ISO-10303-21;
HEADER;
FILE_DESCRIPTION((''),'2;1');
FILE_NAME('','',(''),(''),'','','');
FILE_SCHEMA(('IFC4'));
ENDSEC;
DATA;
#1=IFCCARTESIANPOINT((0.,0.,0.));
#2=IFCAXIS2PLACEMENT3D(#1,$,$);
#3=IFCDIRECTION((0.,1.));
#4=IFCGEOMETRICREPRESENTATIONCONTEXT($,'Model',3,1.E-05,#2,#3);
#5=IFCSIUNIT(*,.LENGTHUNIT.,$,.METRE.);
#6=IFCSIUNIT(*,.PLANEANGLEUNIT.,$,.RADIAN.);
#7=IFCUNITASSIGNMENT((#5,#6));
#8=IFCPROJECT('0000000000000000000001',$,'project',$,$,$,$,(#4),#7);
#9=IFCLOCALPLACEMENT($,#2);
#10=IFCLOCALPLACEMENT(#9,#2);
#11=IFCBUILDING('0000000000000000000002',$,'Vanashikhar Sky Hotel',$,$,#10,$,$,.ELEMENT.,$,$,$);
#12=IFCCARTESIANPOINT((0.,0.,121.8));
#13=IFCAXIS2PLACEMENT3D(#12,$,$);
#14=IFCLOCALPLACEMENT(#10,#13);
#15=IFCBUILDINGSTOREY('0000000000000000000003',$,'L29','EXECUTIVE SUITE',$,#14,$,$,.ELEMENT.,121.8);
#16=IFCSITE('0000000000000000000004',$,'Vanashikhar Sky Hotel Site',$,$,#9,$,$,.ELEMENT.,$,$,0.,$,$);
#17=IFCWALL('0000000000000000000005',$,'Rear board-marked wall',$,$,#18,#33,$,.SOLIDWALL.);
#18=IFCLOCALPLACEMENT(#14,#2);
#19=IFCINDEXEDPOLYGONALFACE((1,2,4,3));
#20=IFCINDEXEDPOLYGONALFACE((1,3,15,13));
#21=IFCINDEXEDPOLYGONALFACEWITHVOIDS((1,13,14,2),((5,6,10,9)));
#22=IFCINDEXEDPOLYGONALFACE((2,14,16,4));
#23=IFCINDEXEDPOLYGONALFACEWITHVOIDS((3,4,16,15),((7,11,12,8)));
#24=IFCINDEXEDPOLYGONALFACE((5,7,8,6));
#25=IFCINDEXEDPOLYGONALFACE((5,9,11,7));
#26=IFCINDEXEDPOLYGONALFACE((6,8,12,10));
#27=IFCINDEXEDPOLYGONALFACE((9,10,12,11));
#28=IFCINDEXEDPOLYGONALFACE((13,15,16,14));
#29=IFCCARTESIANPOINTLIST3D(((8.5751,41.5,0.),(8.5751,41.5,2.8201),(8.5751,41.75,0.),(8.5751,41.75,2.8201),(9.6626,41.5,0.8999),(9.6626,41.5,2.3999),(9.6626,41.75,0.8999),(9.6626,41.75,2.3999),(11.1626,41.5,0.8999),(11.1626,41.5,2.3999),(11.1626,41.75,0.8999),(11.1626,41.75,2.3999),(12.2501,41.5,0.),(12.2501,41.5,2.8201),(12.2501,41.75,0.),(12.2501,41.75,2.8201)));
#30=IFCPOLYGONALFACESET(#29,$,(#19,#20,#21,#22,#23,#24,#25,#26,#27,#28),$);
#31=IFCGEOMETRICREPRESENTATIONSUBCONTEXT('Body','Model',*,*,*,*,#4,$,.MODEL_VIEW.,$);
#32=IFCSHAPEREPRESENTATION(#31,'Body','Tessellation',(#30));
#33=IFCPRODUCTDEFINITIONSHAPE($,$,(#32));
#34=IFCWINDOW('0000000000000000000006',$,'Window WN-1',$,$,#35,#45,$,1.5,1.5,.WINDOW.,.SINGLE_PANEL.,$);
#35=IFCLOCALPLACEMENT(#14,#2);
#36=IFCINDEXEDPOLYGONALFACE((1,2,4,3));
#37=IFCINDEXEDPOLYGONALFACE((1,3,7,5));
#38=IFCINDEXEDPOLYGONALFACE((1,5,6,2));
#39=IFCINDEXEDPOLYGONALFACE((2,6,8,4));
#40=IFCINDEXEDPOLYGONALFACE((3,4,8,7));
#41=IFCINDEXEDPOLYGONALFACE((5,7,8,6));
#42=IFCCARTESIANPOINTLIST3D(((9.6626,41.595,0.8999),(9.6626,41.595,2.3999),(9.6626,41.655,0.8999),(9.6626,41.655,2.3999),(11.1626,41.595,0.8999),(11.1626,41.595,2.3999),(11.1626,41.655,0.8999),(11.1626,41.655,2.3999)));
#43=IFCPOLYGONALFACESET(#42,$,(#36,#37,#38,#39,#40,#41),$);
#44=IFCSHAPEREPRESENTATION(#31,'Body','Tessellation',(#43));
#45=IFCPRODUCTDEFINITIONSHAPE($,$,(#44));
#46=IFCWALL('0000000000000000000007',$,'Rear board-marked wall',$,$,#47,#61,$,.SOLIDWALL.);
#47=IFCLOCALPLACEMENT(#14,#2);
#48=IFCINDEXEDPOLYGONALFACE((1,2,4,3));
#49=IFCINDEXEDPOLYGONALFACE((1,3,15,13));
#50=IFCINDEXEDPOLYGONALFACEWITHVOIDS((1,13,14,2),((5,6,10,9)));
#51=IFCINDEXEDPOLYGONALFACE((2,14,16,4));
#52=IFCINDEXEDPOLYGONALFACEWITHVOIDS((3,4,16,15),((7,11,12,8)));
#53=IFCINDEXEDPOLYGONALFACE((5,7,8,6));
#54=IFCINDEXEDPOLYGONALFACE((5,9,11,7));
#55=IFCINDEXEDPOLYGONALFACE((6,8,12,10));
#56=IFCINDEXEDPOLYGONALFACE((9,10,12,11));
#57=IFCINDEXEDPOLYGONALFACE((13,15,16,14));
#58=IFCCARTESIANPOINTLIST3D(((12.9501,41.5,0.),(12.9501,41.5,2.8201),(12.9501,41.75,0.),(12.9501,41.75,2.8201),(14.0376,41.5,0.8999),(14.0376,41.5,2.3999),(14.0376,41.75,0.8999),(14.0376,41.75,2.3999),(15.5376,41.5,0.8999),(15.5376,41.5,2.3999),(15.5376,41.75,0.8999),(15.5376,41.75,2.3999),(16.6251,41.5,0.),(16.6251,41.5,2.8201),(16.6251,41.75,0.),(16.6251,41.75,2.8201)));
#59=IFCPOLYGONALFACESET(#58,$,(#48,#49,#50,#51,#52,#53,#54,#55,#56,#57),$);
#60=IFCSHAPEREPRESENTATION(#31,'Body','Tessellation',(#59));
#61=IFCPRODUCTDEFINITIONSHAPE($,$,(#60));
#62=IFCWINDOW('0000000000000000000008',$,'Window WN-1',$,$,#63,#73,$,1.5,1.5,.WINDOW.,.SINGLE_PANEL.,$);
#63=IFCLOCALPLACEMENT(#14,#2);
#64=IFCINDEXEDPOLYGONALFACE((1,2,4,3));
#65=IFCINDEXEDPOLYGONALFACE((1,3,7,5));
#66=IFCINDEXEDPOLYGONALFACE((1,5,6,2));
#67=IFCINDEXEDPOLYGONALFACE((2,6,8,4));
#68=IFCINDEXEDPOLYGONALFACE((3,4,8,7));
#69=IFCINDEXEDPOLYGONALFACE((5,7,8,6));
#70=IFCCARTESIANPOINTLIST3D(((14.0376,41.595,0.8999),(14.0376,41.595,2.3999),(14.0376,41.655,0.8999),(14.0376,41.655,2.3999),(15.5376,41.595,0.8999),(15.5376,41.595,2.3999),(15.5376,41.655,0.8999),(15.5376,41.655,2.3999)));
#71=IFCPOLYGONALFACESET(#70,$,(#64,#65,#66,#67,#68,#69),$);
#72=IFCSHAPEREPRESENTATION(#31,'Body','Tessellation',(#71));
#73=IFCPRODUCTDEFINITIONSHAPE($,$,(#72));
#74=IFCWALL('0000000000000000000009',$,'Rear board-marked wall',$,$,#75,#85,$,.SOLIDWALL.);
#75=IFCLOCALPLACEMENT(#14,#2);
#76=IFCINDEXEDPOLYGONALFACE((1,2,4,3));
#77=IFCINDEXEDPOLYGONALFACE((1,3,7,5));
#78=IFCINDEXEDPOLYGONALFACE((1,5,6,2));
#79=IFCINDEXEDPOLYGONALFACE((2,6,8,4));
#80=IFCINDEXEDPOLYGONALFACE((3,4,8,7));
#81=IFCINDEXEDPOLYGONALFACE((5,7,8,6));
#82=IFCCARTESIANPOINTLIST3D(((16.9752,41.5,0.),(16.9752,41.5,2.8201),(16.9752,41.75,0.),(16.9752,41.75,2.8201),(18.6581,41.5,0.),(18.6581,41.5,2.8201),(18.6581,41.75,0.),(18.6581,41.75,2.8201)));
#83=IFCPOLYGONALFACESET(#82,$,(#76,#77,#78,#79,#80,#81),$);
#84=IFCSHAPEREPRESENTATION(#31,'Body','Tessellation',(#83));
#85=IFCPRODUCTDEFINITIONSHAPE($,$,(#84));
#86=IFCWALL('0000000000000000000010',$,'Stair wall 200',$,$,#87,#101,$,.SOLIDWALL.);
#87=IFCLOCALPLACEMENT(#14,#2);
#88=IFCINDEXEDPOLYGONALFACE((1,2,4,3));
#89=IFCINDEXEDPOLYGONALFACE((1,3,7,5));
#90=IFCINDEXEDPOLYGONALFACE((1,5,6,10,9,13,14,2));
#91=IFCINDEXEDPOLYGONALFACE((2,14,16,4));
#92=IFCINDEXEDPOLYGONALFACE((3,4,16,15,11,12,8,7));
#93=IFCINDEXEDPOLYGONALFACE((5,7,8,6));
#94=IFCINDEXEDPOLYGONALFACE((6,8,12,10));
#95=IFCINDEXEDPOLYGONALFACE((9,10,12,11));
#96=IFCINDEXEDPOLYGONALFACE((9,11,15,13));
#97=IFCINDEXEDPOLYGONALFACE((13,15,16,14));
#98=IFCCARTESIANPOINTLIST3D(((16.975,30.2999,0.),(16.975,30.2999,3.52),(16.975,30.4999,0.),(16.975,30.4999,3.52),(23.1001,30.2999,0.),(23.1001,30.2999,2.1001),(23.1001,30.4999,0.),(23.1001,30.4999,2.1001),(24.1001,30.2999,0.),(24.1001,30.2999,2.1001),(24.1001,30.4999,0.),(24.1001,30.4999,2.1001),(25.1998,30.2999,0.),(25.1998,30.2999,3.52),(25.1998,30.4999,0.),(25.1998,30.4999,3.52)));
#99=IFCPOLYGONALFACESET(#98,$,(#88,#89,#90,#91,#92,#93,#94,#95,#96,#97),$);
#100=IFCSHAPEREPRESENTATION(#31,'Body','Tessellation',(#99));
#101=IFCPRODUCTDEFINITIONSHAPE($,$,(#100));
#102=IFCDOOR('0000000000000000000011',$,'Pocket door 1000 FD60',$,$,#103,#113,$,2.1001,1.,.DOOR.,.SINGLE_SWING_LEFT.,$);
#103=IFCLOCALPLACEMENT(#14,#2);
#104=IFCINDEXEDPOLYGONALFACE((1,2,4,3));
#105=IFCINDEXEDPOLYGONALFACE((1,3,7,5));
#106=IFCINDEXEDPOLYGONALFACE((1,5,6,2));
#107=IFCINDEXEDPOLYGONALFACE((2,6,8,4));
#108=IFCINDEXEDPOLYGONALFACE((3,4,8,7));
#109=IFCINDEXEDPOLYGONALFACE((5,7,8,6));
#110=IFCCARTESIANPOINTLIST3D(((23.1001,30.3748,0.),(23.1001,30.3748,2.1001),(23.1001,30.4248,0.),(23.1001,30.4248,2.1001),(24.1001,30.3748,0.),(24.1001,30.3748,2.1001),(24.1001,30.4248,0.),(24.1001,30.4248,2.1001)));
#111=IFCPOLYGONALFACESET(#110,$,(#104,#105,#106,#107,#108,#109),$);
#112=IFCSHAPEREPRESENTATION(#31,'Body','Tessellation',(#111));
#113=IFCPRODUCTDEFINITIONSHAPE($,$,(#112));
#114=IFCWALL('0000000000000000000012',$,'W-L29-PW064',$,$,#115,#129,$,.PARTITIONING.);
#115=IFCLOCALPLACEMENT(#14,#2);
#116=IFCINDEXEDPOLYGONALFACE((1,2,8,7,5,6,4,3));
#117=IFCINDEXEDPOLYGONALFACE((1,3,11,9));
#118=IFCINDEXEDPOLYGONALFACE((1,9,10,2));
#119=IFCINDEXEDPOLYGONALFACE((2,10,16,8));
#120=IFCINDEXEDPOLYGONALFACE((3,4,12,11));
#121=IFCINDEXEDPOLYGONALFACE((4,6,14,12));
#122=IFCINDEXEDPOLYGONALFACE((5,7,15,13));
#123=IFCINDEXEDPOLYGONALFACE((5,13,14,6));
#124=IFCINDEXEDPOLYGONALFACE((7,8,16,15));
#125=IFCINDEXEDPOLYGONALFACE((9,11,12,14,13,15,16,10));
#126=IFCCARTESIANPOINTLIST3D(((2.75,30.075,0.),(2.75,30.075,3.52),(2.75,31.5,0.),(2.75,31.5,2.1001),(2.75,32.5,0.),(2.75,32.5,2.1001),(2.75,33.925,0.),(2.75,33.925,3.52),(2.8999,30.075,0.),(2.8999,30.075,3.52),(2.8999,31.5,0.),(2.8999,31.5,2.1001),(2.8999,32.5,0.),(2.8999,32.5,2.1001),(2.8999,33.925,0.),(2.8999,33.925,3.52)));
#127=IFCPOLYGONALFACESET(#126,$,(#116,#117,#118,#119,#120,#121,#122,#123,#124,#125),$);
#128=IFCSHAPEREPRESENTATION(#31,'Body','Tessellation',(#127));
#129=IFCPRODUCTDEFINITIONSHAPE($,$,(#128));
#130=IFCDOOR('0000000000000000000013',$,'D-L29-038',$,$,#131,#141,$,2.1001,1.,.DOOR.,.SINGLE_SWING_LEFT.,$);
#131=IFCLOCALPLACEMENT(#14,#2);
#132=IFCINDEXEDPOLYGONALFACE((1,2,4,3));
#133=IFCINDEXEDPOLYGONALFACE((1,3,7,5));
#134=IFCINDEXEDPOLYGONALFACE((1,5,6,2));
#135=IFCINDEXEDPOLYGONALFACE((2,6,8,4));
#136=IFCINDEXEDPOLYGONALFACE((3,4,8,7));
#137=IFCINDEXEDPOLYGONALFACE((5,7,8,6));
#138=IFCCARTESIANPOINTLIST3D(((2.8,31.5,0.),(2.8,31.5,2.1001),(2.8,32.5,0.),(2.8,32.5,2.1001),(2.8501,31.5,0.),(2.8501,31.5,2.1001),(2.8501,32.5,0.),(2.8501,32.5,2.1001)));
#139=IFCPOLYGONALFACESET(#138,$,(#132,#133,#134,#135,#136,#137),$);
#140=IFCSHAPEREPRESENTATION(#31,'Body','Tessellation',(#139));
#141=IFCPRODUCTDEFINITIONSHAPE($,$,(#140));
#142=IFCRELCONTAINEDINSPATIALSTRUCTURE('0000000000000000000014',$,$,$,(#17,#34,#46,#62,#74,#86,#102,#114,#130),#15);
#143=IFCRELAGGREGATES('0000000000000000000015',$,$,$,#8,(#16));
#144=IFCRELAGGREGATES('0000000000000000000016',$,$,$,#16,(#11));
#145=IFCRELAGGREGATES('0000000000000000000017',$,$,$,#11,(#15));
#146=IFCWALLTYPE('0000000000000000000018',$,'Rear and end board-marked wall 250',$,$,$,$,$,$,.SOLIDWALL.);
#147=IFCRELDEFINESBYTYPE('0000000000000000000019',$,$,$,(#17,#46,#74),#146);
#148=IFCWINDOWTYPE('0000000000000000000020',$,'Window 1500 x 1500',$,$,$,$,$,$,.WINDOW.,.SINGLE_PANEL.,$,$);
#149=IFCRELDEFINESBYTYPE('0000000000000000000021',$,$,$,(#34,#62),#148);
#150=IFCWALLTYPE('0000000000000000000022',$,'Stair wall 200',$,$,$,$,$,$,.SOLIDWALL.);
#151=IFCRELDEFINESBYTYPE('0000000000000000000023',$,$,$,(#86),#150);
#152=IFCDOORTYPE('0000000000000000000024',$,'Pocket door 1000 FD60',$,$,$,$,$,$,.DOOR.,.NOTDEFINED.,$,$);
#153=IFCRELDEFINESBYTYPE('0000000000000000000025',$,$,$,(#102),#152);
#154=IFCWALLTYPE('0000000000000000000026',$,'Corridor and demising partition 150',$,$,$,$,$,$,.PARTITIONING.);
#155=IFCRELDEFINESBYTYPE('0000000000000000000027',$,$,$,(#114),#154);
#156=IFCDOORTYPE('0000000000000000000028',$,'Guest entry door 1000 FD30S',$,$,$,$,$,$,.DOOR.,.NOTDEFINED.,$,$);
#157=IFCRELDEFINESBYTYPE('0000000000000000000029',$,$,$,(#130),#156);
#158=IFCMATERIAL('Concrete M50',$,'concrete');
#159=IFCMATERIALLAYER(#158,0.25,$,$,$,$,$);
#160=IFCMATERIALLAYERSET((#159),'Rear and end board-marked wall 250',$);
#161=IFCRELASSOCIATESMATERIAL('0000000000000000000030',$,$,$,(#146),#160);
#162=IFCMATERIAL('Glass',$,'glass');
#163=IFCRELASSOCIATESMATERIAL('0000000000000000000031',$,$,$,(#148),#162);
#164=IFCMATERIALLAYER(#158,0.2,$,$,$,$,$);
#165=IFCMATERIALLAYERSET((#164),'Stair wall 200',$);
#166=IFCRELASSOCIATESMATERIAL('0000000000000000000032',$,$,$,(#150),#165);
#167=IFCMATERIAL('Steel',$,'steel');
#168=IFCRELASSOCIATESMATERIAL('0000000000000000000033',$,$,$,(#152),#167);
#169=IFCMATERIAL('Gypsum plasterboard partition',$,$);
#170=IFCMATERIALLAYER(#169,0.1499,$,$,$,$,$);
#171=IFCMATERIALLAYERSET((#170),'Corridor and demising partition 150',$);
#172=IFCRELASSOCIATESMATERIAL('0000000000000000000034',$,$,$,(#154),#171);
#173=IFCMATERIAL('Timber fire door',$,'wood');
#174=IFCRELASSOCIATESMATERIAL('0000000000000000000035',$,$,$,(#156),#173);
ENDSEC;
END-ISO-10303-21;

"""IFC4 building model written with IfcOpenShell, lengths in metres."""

from ifc_helpers import new_model, si_unit, direction, frame, frame_2d, origin, place, context, subcontext, project, spatial, rectangle, extrude, source, transform, mapped, material, layer, layer_set, type_object, element, fill, save


model = new_model("IFC4")

# Units and contexts
model_context = context("Model", 3, precision=1e-05, world=origin(), true_north=direction((0.0, 1.0)))
body_context = subcontext(model_context, "Body", "Model", "MODEL_VIEW")
ifc_project = project(units=[si_unit("LENGTHUNIT", "METRE"), si_unit("PLANEANGLEUNIT", "RADIAN")], contexts=[model_context])

# Site, building, storey
site_placement = place(None, origin())
site = spatial("IfcSite", under=ifc_project, at=site_placement, Name="Vanashikhar Sky Hotel Site", CompositionType="ELEMENT", RefElevation=0.0)
building_placement = place(site_placement, origin())
building = spatial("IfcBuilding", under=site, at=building_placement, Name="Vanashikhar Sky Hotel", CompositionType="ELEMENT")
storey_placement = place(building_placement, frame((0.0, 0.0, 121.8)))
storey = spatial("IfcBuildingStorey", under=building, at=storey_placement, Name="L29", Description="EXECUTIVE SUITE", CompositionType="ELEMENT", Elevation=121.8)

# Shared definitions
ifc_material_1 = material(Name="Concrete M50", Category="concrete")

# Shared definitions
ifc_material_2 = material(Name="Glass", Category="glass")

# Walls, openings, windows
ifc_layer_1 = layer(ifc_material_1, 0.25)
ifc_layer_set_1 = layer_set([ifc_layer_1], Name="Rear and end board-marked wall 250")
wall_type_1 = type_object("IfcWallType", Name="Rear and end board-marked wall 250", PredefinedType="SOLIDWALL", material=ifc_layer_set_1)
shared_shape_1 = source(origin(), body_context, "Body", "SweptSolid", [
    extrude(rectangle(XDim=1.5, YDim=1.5, at=frame_2d((0.75, 0.75))), frame((0.0, 0.135, 0.0), z_axis=(0.0, -1.0, 0.0), x_axis=(1.0, 0.0, 0.0)), (0.0, 0.0, 1.0), 0.27),
])
window_type_1 = type_object("IfcWindowType", Name="Window 1500 x 1500", PartitioningType="SINGLE_PANEL", PredefinedType="WINDOW", material=ifc_material_2)
shared_shape_2 = source(origin(), body_context, "Body", "SweptSolid", [
    extrude(rectangle(XDim=1.5, YDim=1.5, at=frame_2d((0.75, 0.75))), frame((0.0, 0.03, 0.0), z_axis=(0.0, -1.0, 0.0), x_axis=(1.0, 0.0, 0.0)), (0.0, 0.0, 1.0), 0.0601),
])
shared_shape_3 = source(origin(), body_context, "Body", "SweptSolid", [
    extrude(rectangle(XDim=3.675, YDim=0.25, at=frame_2d((1.8374, 0.0))), origin(), (0.0, 0.0, 1.0), 2.8201),
])
wall_1_placement = place(storey_placement, frame((12.25, 41.625, 0.0), z_axis=(0.0, 0.0, 1.0), x_axis=(-1.0, 0.0, 0.0)))
wall_1 = element("IfcWall", 1, at=wall_1_placement, inside=storey, type_object=wall_type_1, Name="Rear board-marked wall", PredefinedType="SOLIDWALL", context=body_context, shape_type="MappedRepresentation", body=[
    mapped(shared_shape_3, transform((0.0, 0.0, 0.0), scale=1.0)),
])
opening_1_placement = place(wall_1_placement, frame((1.0874, 0.0, 0.8999)))
opening_1 = element("IfcOpeningElement", 2, at=opening_1_placement, cuts=wall_1, PredefinedType="OPENING", context=body_context, shape_type="MappedRepresentation", body=[
    mapped(shared_shape_1, transform((0.0, 0.0, 0.0), scale=1.0)),
])
window_1_placement = place(opening_1_placement, origin())
window_1 = element("IfcWindow", 3, at=window_1_placement, inside=storey, type_object=window_type_1, Name="Window WN-1", OverallHeight=1.5, OverallWidth=1.5, PartitioningType="SINGLE_PANEL", PredefinedType="WINDOW", context=body_context, shape_type="MappedRepresentation", body=[
    mapped(shared_shape_2, transform((0.0, 0.0, 0.0), scale=1.0)),
])
fill(opening_1, window_1)
wall_2_placement = place(storey_placement, frame((16.625, 41.625, 0.0), z_axis=(0.0, 0.0, 1.0), x_axis=(-1.0, 0.0, 0.0)))
wall_2 = element("IfcWall", 4, at=wall_2_placement, inside=storey, type_object=wall_type_1, Name="Rear board-marked wall", PredefinedType="SOLIDWALL", context=body_context, shape_type="MappedRepresentation", body=[
    mapped(shared_shape_3, transform((0.0, 0.0, 0.0), scale=1.0)),
])
opening_2_placement = place(wall_2_placement, frame((1.0874, 0.0, 0.8999)))
opening_2 = element("IfcOpeningElement", 5, at=opening_2_placement, cuts=wall_2, PredefinedType="OPENING", context=body_context, shape_type="MappedRepresentation", body=[
    mapped(shared_shape_1, transform((0.0, 0.0, 0.0), scale=1.0)),
])
window_2_placement = place(opening_2_placement, origin())
window_2 = element("IfcWindow", 6, at=window_2_placement, inside=storey, type_object=window_type_1, Name="Window WN-1", OverallHeight=1.5, OverallWidth=1.5, PartitioningType="SINGLE_PANEL", PredefinedType="WINDOW", context=body_context, shape_type="MappedRepresentation", body=[
    mapped(shared_shape_2, transform((0.0, 0.0, 0.0), scale=1.0)),
])
fill(opening_2, window_2)

# Wall
shared_shape_4 = source(origin(), body_context, "Body", "SweptSolid", [
    extrude(rectangle(XDim=1.6829, YDim=0.25, at=frame_2d((0.8413, 0.0))), origin(), (0.0, 0.0, 1.0), 2.8201),
])
wall_3_placement = place(storey_placement, frame((18.658, 41.625, 0.0), z_axis=(0.0, 0.0, 1.0), x_axis=(-1.0, 0.0, 0.0)))
element("IfcWall", 7, at=wall_3_placement, inside=storey, type_object=wall_type_1, Name="Rear board-marked wall", PredefinedType="SOLIDWALL", context=body_context, shape_type="MappedRepresentation", body=[
    mapped(shared_shape_4, transform((0.0, 0.0, 0.0), scale=1.0)),
])

# Walls, openings, doors
ifc_layer_2 = layer(ifc_material_1, 0.2)
ifc_layer_set_2 = layer_set([ifc_layer_2], Name="Stair wall 200")
wall_type_2 = type_object("IfcWallType", Name="Stair wall 200", PredefinedType="SOLIDWALL", material=ifc_layer_set_2)
shared_shape_5 = source(origin(), body_context, "Body", "SweptSolid", [
    extrude(rectangle(XDim=8.2249, YDim=0.2, at=frame_2d((4.1123, 0.0))), origin(), (0.0, 0.0, 1.0), 3.52),
])
wall_4_placement = place(storey_placement, frame((16.9751, 30.3999, 0.0), z_axis=(0.0, 0.0, 1.0), x_axis=(1.0, 0.0, 0.0)))
wall_4 = element("IfcWall", 8, at=wall_4_placement, inside=storey, type_object=wall_type_2, Name="Stair wall 200", PredefinedType="SOLIDWALL", context=body_context, shape_type="MappedRepresentation", body=[
    mapped(shared_shape_5, transform((0.0, 0.0, 0.0), scale=1.0)),
])
shared_shape_6 = source(origin(), body_context, "Body", "SweptSolid", [
    extrude(rectangle(XDim=1.0, YDim=2.1001, at=frame_2d((0.5, 1.05))), frame((0.0, 0.1099, 0.0), z_axis=(0.0, -1.0, 0.0), x_axis=(1.0, 0.0, 0.0)), (0.0, 0.0, 1.0), 0.22),
])
opening_3_placement = place(wall_4_placement, frame((6.125, 0.0, 0.0)))
opening_3 = element("IfcOpeningElement", 9, at=opening_3_placement, cuts=wall_4, PredefinedType="OPENING", context=body_context, shape_type="MappedRepresentation", body=[
    mapped(shared_shape_6, transform((0.0, 0.0, 0.0), scale=1.0)),
])
ifc_material_3 = material(Name="Steel", Category="steel")
door_type_1 = type_object("IfcDoorType", Name="Pocket door 1000 FD60", OperationType="NOTDEFINED", PredefinedType="DOOR", material=ifc_material_3)
shared_shape_7 = source(origin(), body_context, "Body", "SweptSolid", [
    extrude(rectangle(XDim=1.0, YDim=2.1001, at=frame_2d((0.5, 1.05))), frame((0.0, 0.0249, 0.0), z_axis=(0.0, -1.0, 0.0), x_axis=(1.0, 0.0, 0.0)), (0.0, 0.0, 1.0), 0.05),
])
door_1_placement = place(opening_3_placement, origin())
door_1 = element("IfcDoor", 10, at=door_1_placement, inside=storey, type_object=door_type_1, Name="Pocket door 1000 FD60", OperationType="SINGLE_SWING_LEFT", OverallHeight=2.1001, OverallWidth=1.0, PredefinedType="DOOR", context=body_context, shape_type="MappedRepresentation", body=[
    mapped(shared_shape_7, transform((0.0, 0.0, 0.0), scale=1.0)),
])
fill(opening_3, door_1)
ifc_material_4 = material(Name="Gypsum plasterboard partition")
ifc_layer_3 = layer(ifc_material_4, 0.1499)
ifc_layer_set_3 = layer_set([ifc_layer_3], Name="Corridor and demising partition 150")
wall_type_3 = type_object("IfcWallType", Name="Corridor and demising partition 150", PredefinedType="PARTITIONING", material=ifc_layer_set_3)
shared_shape_8 = source(origin(), body_context, "Body", "SweptSolid", [
    extrude(rectangle(XDim=3.8501, YDim=0.1499, at=frame_2d((1.925, 0.0))), origin(), (0.0, 0.0, 1.0), 3.52),
])
wall_5_placement = place(storey_placement, frame((2.825, 30.075, 0.0), z_axis=(0.0, 0.0, 1.0), x_axis=(0.0, 1.0, 0.0)))
wall_5 = element("IfcWall", 11, at=wall_5_placement, inside=storey, type_object=wall_type_3, Name="W-L29-PW064", PredefinedType="PARTITIONING", context=body_context, shape_type="MappedRepresentation", body=[
    mapped(shared_shape_8, transform((0.0, 0.0, 0.0), scale=1.0)),
])
shared_shape_9 = source(origin(), body_context, "Body", "SweptSolid", [
    extrude(rectangle(XDim=1.0, YDim=2.1001, at=frame_2d((0.5, 1.05))), frame((0.0, 0.085, 0.0), z_axis=(0.0, -1.0, 0.0), x_axis=(1.0, 0.0, 0.0)), (0.0, 0.0, 1.0), 0.1699),
])
opening_4_placement = place(wall_5_placement, frame((1.425, 0.0, 0.0)))
opening_4 = element("IfcOpeningElement", 12, at=opening_4_placement, cuts=wall_5, PredefinedType="OPENING", context=body_context, shape_type="MappedRepresentation", body=[
    mapped(shared_shape_9, transform((0.0, 0.0, 0.0), scale=1.0)),
])
ifc_material_5 = material(Name="Timber fire door", Category="wood")
door_type_2 = type_object("IfcDoorType", Name="Guest entry door 1000 FD30S", OperationType="NOTDEFINED", PredefinedType="DOOR", material=ifc_material_5)
door_2_placement = place(opening_4_placement, origin())
door_2 = element("IfcDoor", 13, at=door_2_placement, inside=storey, type_object=door_type_2, Name="D-L29-038", OperationType="SINGLE_SWING_LEFT", OverallHeight=2.1001, OverallWidth=1.0, PredefinedType="DOOR", context=body_context, shape_type="MappedRepresentation", body=[
    mapped(shared_shape_7, transform((0.0, 0.0, 0.0), scale=1.0)),
])
fill(opening_4, door_2)

save(model, "model.ifc")
